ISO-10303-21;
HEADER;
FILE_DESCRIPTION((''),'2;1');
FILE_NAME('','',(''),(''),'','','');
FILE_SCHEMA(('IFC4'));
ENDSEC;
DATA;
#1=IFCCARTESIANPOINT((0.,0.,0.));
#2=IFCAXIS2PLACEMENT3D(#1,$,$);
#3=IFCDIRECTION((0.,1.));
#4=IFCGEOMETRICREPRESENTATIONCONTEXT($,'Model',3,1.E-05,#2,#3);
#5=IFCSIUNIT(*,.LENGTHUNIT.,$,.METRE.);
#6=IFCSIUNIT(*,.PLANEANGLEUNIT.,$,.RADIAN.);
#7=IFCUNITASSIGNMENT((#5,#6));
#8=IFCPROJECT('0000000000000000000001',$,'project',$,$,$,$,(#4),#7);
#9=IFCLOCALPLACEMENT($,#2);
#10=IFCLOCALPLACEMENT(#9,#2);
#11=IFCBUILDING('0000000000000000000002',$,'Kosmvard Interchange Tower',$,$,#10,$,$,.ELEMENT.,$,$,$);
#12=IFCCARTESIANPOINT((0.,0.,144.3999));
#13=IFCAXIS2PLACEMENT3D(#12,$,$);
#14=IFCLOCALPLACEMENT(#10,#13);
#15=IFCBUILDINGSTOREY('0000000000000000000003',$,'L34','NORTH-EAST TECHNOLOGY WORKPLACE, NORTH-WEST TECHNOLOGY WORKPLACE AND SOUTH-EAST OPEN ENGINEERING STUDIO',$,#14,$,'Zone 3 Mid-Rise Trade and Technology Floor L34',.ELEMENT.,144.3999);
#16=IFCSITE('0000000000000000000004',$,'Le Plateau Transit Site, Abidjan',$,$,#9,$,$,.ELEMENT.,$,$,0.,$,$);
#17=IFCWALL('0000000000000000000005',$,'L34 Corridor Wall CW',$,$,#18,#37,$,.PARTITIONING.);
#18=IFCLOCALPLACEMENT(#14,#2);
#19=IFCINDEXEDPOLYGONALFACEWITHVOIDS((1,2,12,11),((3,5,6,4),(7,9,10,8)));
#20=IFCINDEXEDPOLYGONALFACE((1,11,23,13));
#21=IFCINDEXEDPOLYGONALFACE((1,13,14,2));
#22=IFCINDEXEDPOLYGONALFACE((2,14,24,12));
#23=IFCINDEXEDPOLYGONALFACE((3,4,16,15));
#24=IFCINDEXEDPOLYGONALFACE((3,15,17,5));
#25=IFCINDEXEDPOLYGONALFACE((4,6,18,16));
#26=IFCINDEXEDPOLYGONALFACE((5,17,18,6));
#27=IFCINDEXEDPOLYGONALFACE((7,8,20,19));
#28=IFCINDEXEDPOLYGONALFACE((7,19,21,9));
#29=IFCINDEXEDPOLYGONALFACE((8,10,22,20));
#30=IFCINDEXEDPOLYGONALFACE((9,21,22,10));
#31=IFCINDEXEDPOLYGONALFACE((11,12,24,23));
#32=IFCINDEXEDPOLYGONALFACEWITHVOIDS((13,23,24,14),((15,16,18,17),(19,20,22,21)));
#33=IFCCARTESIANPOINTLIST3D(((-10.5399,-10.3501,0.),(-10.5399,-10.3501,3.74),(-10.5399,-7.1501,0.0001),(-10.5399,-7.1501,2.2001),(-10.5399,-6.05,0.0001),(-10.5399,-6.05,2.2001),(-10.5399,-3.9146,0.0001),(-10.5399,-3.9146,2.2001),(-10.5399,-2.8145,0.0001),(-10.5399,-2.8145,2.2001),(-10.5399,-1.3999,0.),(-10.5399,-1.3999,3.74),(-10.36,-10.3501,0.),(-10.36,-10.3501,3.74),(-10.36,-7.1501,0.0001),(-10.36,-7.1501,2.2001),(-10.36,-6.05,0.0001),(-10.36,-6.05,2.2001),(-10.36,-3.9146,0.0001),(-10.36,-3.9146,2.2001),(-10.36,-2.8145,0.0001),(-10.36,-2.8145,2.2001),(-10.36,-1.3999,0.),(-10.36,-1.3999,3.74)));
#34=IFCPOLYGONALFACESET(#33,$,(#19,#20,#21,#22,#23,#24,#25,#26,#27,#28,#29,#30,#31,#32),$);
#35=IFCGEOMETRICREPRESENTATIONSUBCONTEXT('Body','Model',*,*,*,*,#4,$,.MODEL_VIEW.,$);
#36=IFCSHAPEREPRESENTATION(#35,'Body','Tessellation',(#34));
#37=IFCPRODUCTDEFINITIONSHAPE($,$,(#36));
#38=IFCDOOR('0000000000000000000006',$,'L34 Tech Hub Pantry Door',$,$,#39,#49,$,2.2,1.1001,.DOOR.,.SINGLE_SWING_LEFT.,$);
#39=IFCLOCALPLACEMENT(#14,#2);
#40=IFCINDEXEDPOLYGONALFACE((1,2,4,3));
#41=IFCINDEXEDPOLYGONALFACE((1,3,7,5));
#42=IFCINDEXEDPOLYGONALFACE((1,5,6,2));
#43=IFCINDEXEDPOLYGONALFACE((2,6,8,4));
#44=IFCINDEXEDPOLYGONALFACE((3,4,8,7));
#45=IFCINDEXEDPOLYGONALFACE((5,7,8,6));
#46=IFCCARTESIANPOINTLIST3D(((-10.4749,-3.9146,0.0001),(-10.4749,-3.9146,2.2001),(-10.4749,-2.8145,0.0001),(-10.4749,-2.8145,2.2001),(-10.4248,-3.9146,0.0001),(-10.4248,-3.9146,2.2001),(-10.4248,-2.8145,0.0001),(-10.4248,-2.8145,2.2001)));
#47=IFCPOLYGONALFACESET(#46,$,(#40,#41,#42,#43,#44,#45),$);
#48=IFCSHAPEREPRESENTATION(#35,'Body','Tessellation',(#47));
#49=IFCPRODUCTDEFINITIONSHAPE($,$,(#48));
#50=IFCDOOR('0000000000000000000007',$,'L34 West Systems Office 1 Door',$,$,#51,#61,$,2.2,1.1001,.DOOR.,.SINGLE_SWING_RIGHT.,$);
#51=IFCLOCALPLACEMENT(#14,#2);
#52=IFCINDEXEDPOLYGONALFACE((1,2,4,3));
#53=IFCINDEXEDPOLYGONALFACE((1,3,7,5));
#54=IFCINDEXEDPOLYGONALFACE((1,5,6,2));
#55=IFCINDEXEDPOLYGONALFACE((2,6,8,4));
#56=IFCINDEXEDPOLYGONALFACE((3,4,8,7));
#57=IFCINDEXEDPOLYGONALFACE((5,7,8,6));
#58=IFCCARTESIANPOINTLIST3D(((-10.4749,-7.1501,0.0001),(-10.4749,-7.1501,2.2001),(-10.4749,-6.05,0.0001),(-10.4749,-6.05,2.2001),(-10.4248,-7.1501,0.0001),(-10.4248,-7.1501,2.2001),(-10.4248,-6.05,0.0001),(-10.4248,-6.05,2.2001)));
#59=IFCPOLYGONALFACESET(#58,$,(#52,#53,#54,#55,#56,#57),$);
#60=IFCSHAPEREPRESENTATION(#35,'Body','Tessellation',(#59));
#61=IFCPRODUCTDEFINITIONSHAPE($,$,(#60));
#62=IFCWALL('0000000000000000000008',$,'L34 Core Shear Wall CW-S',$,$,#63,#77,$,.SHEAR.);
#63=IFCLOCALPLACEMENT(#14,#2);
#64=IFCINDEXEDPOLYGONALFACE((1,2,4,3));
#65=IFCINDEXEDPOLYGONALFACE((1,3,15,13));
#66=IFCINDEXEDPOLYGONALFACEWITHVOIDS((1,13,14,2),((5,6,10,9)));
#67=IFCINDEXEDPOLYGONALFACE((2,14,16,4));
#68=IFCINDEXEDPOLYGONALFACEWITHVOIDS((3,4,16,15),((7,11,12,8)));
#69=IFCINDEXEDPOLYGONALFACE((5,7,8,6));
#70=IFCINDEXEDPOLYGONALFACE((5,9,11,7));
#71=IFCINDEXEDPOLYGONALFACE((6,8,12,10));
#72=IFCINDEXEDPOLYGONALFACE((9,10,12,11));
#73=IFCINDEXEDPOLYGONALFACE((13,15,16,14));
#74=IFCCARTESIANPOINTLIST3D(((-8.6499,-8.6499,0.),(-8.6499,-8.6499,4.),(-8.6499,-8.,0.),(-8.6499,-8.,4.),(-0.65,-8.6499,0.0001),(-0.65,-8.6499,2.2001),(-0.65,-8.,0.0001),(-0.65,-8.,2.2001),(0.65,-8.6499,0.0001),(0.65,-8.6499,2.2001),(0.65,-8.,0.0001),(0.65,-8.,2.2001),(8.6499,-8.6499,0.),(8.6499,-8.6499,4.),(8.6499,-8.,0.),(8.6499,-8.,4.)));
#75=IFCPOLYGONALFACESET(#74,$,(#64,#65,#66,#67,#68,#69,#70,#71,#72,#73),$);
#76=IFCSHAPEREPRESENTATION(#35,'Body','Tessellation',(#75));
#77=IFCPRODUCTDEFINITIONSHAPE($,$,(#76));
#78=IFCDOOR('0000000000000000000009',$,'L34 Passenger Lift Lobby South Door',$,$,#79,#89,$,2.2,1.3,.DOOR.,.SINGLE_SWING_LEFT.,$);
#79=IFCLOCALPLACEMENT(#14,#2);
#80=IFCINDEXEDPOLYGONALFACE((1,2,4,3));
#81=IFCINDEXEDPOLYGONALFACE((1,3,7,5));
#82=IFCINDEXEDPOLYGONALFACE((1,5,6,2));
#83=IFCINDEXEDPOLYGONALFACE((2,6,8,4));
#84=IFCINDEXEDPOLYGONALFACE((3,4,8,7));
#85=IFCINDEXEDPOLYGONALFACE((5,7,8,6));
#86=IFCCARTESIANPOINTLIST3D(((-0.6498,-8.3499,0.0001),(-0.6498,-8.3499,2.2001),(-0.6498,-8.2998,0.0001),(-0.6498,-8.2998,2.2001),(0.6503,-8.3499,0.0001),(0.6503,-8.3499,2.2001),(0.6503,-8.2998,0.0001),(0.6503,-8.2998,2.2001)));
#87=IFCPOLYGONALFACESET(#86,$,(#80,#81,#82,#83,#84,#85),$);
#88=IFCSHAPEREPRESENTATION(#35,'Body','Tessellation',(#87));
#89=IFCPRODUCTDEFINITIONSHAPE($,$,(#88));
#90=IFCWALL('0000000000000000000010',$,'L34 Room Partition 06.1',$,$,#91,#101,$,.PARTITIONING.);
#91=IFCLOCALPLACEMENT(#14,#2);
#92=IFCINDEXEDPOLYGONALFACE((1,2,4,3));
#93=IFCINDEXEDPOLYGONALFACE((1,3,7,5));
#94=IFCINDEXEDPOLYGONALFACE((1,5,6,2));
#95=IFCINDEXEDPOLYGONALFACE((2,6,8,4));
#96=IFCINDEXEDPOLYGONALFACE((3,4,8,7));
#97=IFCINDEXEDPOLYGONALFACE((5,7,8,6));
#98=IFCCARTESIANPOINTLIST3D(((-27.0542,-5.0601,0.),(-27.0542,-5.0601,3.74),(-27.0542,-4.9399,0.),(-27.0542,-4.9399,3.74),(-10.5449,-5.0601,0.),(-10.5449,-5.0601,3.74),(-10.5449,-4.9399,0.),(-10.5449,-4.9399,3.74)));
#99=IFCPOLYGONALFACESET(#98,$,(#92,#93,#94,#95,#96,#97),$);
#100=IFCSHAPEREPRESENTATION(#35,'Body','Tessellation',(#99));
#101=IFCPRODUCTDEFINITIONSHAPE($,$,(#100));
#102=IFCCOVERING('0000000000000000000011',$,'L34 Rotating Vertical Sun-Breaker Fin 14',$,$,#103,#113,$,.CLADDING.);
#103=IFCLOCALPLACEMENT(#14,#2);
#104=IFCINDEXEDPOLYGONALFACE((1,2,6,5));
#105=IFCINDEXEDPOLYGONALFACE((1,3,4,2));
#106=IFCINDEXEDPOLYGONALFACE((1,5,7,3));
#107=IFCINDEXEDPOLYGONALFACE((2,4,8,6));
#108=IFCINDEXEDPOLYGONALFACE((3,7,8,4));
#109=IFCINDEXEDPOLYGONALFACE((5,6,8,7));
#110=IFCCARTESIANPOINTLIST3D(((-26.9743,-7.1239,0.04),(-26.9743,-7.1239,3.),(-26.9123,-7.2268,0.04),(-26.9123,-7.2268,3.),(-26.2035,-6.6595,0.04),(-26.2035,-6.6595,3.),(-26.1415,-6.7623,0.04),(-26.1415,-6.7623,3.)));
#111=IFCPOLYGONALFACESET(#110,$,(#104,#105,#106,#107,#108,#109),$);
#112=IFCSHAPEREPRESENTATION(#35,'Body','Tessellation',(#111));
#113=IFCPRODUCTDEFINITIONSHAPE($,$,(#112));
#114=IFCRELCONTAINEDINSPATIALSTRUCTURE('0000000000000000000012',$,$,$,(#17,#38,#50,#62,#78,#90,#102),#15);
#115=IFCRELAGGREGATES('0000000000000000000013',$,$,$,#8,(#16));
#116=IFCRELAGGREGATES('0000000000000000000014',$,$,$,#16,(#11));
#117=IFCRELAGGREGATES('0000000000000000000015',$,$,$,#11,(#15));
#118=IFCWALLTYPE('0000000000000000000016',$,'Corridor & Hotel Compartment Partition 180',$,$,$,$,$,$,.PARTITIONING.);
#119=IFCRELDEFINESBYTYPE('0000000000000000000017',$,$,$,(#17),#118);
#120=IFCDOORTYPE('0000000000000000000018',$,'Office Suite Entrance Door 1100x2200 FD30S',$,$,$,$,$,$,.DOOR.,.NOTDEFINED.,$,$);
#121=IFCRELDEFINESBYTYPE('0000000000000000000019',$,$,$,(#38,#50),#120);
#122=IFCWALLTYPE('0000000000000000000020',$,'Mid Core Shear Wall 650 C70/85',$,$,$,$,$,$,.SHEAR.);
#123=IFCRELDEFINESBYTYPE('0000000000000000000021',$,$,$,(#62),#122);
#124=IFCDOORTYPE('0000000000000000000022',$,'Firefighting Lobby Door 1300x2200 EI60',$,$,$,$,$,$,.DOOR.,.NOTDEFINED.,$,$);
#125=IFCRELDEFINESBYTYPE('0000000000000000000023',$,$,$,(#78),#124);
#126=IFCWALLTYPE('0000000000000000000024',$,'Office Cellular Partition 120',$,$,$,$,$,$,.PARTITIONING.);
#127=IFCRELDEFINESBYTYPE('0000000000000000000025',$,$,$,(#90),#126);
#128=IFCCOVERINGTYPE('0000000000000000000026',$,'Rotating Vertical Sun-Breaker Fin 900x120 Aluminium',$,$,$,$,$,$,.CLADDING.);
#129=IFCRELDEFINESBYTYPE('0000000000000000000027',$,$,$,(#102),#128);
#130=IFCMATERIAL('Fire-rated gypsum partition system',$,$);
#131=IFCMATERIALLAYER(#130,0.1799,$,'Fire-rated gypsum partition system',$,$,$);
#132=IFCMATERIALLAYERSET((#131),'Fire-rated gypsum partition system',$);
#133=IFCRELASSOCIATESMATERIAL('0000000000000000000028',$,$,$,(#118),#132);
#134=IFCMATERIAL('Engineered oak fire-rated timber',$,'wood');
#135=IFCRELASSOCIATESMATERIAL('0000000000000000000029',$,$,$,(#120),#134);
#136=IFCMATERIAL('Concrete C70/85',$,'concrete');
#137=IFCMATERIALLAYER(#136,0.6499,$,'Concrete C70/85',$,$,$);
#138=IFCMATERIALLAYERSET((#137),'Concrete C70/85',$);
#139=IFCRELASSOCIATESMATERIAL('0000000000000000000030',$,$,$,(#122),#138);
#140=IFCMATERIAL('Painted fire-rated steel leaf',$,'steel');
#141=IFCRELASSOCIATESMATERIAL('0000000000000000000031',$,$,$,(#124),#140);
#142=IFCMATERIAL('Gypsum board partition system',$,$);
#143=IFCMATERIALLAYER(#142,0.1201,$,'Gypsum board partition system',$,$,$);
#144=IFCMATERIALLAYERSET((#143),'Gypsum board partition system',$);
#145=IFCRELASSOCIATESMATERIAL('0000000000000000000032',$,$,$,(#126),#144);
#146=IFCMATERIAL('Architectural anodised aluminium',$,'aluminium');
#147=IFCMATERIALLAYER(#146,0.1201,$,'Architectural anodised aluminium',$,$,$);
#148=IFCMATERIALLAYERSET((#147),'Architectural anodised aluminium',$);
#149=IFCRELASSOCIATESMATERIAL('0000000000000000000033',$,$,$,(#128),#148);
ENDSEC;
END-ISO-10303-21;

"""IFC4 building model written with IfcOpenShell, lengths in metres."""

from ifc_helpers import new_model, si_unit, direction, frame, frame_2d, origin, origin_2d, place, context, subcontext, project, spatial, rectangle, extrude, source, transform, mapped, material, layer, layer_set, type_object, element, fill, save


model = new_model("IFC4")

# Units and contexts
model_context = context("Model", 3, precision=1e-05, world=origin(), true_north=direction((0.0, 1.0)))
body_context = subcontext(model_context, "Body", "Model", "MODEL_VIEW")
ifc_project = project(units=[si_unit("LENGTHUNIT", "METRE"), si_unit("PLANEANGLEUNIT", "RADIAN")], contexts=[model_context])

# Site, building, storey
site_placement = place(None, origin())
site = spatial("IfcSite", under=ifc_project, at=site_placement, Name="Le Plateau Transit Site, Abidjan", CompositionType="ELEMENT", RefElevation=0.0)
building_placement = place(site_placement, origin())
building = spatial("IfcBuilding", under=site, at=building_placement, Name="Kosmvard Interchange Tower", CompositionType="ELEMENT")
storey_placement = place(building_placement, frame((0.0, 0.0, 144.3999)))
storey = spatial("IfcBuildingStorey", under=building, at=storey_placement, Name="L34", Description="NORTH-EAST TECHNOLOGY WORKPLACE, NORTH-WEST TECHNOLOGY WORKPLACE AND SOUTH-EAST OPEN ENGINEERING STUDIO", LongName="Zone 3 Mid-Rise Trade and Technology Floor L34", CompositionType="ELEMENT", Elevation=144.3999)

# Wall, openings, doors
ifc_material_1 = material(Name="Fire-rated gypsum partition system")
ifc_layer_1 = layer(ifc_material_1, 0.1799, Name="Fire-rated gypsum partition system")
ifc_layer_set_1 = layer_set([ifc_layer_1], Name="Fire-rated gypsum partition system")
wall_type_1 = type_object("IfcWallType", Name="Corridor & Hotel Compartment Partition 180", PredefinedType="PARTITIONING", material=ifc_layer_set_1)
ifc_material_2 = material(Name="Engineered oak fire-rated timber", Category="wood")
door_type_1 = type_object("IfcDoorType", Name="Office Suite Entrance Door 1100x2200 FD30S", OperationType="NOTDEFINED", PredefinedType="DOOR", material=ifc_material_2)
shared_shape_1 = source(origin(), body_context, "Body", "SweptSolid", [
    extrude(rectangle(XDim=1.1001, YDim=2.2, at=frame_2d((0.55, 1.1001))), frame((0.0, 0.0249, 0.0), z_axis=(0.0, -1.0, 0.0), x_axis=(1.0, 0.0, 0.0)), (0.0, 0.0, 1.0), 0.05),
])
wall_1_placement = place(storey_placement, frame((-10.45, -10.3501, 0.0), z_axis=(0.0, 0.0, 1.0), x_axis=(0.0, 1.0, 0.0)))
wall_1 = element("IfcWall", 1, at=wall_1_placement, inside=storey, type_object=wall_type_1, Name="L34 Corridor Wall CW", PredefinedType="PARTITIONING", context=body_context, shape_type="SweptSolid", body=[
    extrude(rectangle(XDim=8.9502, YDim=0.1799, at=frame_2d((4.4751, 0.0))), origin(), (0.0, 0.0, 1.0), 3.74),
])
opening_1_placement = place(wall_1_placement, frame((6.4355, 0.0, 0.0)))
opening_1 = element("IfcOpeningElement", 2, at=opening_1_placement, cuts=wall_1, PredefinedType="OPENING", context=body_context, shape_type="SweptSolid", body=[
    extrude(rectangle(XDim=1.1001, YDim=2.2, at=frame_2d((0.55, 1.1001))), frame((0.0, 0.1001, 0.0), z_axis=(0.0, -1.0, 0.0), x_axis=(1.0, 0.0, 0.0)), (0.0, 0.0, 1.0), 0.2),
])
opening_2_placement = place(wall_1_placement, frame((3.2, 0.0, 0.0)))
opening_2 = element("IfcOpeningElement", 3, at=opening_2_placement, cuts=wall_1, PredefinedType="OPENING", context=body_context, shape_type="SweptSolid", body=[
    extrude(rectangle(XDim=1.1001, YDim=2.2, at=frame_2d((0.55, 1.1001))), frame((0.0, 0.1001, 0.0), z_axis=(0.0, -1.0, 0.0), x_axis=(1.0, 0.0, 0.0)), (0.0, 0.0, 1.0), 0.2),
])
door_1_placement = place(opening_1_placement, origin())
door_1 = element("IfcDoor", 4, at=door_1_placement, inside=storey, type_object=door_type_1, Name="L34 Tech Hub Pantry Door", OperationType="SINGLE_SWING_LEFT", OverallHeight=2.2, OverallWidth=1.1001, PredefinedType="DOOR", context=body_context, shape_type="MappedRepresentation", body=[
    mapped(shared_shape_1, transform((0.0, 0.0, 0.0), scale=1.0)),
])
fill(opening_1, door_1)
door_2_placement = place(opening_2_placement, origin())
door_2 = element("IfcDoor", 5, at=door_2_placement, inside=storey, type_object=door_type_1, Name="L34 West Systems Office 1 Door", OperationType="SINGLE_SWING_RIGHT", OverallHeight=2.2, OverallWidth=1.1001, PredefinedType="DOOR", context=body_context, shape_type="MappedRepresentation", body=[
    mapped(shared_shape_1, transform((0.0, 0.0, 0.0), scale=1.0)),
])
fill(opening_2, door_2)

# Wall, opening, door
ifc_material_3 = material(Name="Concrete C70/85", Category="concrete")
ifc_layer_2 = layer(ifc_material_3, 0.6499, Name="Concrete C70/85")
ifc_layer_set_2 = layer_set([ifc_layer_2], Name="Concrete C70/85")
wall_type_2 = type_object("IfcWallType", Name="Mid Core Shear Wall 650 C70/85", PredefinedType="SHEAR", material=ifc_layer_set_2)
wall_2_placement = place(storey_placement, frame((-8.6499, -8.325, 0.0), z_axis=(0.0, 0.0, 1.0), x_axis=(1.0, 0.0, 0.0)))
wall_2 = element("IfcWall", 6, at=wall_2_placement, inside=storey, type_object=wall_type_2, Name="L34 Core Shear Wall CW-S", PredefinedType="SHEAR", context=body_context, shape_type="SweptSolid", body=[
    extrude(rectangle(XDim=17.2998, YDim=0.6499, at=frame_2d((8.6499, 0.0))), origin(), (0.0, 0.0, 1.0), 4.0),
])
opening_3_placement = place(wall_2_placement, frame((8.0, 0.0, 0.0)))
opening_3 = element("IfcOpeningElement", 7, at=opening_3_placement, cuts=wall_2, PredefinedType="OPENING", context=body_context, shape_type="SweptSolid", body=[
    extrude(rectangle(XDim=1.3, YDim=2.2, at=frame_2d((0.6499, 1.1001))), frame((0.0, 0.335, 0.0), z_axis=(0.0, -1.0, 0.0), x_axis=(1.0, 0.0, 0.0)), (0.0, 0.0, 1.0), 0.6699),
])
ifc_material_4 = material(Name="Painted fire-rated steel leaf", Category="steel")
door_type_2 = type_object("IfcDoorType", Name="Firefighting Lobby Door 1300x2200 EI60", OperationType="NOTDEFINED", PredefinedType="DOOR", material=ifc_material_4)
shared_shape_2 = source(origin(), body_context, "Body", "SweptSolid", [
    extrude(rectangle(XDim=1.3, YDim=2.2, at=frame_2d((0.6499, 1.1001))), frame((0.0, 0.0249, 0.0), z_axis=(0.0, -1.0, 0.0), x_axis=(1.0, 0.0, 0.0)), (0.0, 0.0, 1.0), 0.05),
])
door_3_placement = place(opening_3_placement, frame((1.3, 0.0, 0.0), z_axis=(0.0, 0.0, 1.0), x_axis=(-1.0, 0.0, 0.0)))
door_3 = element("IfcDoor", 8, at=door_3_placement, inside=storey, type_object=door_type_2, Name="L34 Passenger Lift Lobby South Door", OperationType="SINGLE_SWING_LEFT", OverallHeight=2.2, OverallWidth=1.3, PredefinedType="DOOR", context=body_context, shape_type="MappedRepresentation", body=[
    mapped(shared_shape_2, transform((0.0, 0.0, 0.0), scale=1.0)),
])
fill(opening_3, door_3)

# Wall
ifc_material_5 = material(Name="Gypsum board partition system")
ifc_layer_3 = layer(ifc_material_5, 0.1201, Name="Gypsum board partition system")
ifc_layer_set_3 = layer_set([ifc_layer_3], Name="Gypsum board partition system")
wall_type_3 = type_object("IfcWallType", Name="Office Cellular Partition 120", PredefinedType="PARTITIONING", material=ifc_layer_set_3)
wall_3_placement = place(storey_placement, frame((-27.0542, -5.0, 0.0), z_axis=(0.0, 0.0, 1.0), x_axis=(1.0, 0.0, 0.0)))
element("IfcWall", 9, at=wall_3_placement, inside=storey, type_object=wall_type_3, Name="L34 Room Partition 06.1", PredefinedType="PARTITIONING", context=body_context, shape_type="SweptSolid", body=[
    extrude(rectangle(XDim=16.5093, YDim=0.1201, at=frame_2d((8.2546, 0.0))), origin(), (0.0, 0.0, 1.0), 3.74),
])

# Covering
ifc_material_6 = material(Name="Architectural anodised aluminium", Category="aluminium")
ifc_layer_4 = layer(ifc_material_6, 0.1201, Name="Architectural anodised aluminium")
ifc_layer_set_4 = layer_set([ifc_layer_4], Name="Architectural anodised aluminium")
covering_type = type_object("IfcCoveringType", Name="Rotating Vertical Sun-Breaker Fin 900x120 Aluminium", PredefinedType="CLADDING", material=ifc_layer_set_4)
shared_shape_3 = source(origin(), body_context, "Body", "SweptSolid", [
    extrude(rectangle(XDim=0.8999, YDim=0.1201, at=origin_2d()), origin(), (0.0, 0.0, 1.0), 2.96),
])
covering_placement = place(storey_placement, frame((-26.5579, -6.9431, 0.04), z_axis=(0.0, 0.0, 1.0), x_axis=(-0.856537, -0.516085, 0.0)))
element("IfcCovering", 10, at=covering_placement, inside=storey, type_object=covering_type, Name="L34 Rotating Vertical Sun-Breaker Fin 14", PredefinedType="CLADDING", context=body_context, shape_type="MappedRepresentation", body=[
    mapped(shared_shape_3, transform((0.0, 0.0, 0.0), scale=1.0)),
])

save(model, "model.ifc")
